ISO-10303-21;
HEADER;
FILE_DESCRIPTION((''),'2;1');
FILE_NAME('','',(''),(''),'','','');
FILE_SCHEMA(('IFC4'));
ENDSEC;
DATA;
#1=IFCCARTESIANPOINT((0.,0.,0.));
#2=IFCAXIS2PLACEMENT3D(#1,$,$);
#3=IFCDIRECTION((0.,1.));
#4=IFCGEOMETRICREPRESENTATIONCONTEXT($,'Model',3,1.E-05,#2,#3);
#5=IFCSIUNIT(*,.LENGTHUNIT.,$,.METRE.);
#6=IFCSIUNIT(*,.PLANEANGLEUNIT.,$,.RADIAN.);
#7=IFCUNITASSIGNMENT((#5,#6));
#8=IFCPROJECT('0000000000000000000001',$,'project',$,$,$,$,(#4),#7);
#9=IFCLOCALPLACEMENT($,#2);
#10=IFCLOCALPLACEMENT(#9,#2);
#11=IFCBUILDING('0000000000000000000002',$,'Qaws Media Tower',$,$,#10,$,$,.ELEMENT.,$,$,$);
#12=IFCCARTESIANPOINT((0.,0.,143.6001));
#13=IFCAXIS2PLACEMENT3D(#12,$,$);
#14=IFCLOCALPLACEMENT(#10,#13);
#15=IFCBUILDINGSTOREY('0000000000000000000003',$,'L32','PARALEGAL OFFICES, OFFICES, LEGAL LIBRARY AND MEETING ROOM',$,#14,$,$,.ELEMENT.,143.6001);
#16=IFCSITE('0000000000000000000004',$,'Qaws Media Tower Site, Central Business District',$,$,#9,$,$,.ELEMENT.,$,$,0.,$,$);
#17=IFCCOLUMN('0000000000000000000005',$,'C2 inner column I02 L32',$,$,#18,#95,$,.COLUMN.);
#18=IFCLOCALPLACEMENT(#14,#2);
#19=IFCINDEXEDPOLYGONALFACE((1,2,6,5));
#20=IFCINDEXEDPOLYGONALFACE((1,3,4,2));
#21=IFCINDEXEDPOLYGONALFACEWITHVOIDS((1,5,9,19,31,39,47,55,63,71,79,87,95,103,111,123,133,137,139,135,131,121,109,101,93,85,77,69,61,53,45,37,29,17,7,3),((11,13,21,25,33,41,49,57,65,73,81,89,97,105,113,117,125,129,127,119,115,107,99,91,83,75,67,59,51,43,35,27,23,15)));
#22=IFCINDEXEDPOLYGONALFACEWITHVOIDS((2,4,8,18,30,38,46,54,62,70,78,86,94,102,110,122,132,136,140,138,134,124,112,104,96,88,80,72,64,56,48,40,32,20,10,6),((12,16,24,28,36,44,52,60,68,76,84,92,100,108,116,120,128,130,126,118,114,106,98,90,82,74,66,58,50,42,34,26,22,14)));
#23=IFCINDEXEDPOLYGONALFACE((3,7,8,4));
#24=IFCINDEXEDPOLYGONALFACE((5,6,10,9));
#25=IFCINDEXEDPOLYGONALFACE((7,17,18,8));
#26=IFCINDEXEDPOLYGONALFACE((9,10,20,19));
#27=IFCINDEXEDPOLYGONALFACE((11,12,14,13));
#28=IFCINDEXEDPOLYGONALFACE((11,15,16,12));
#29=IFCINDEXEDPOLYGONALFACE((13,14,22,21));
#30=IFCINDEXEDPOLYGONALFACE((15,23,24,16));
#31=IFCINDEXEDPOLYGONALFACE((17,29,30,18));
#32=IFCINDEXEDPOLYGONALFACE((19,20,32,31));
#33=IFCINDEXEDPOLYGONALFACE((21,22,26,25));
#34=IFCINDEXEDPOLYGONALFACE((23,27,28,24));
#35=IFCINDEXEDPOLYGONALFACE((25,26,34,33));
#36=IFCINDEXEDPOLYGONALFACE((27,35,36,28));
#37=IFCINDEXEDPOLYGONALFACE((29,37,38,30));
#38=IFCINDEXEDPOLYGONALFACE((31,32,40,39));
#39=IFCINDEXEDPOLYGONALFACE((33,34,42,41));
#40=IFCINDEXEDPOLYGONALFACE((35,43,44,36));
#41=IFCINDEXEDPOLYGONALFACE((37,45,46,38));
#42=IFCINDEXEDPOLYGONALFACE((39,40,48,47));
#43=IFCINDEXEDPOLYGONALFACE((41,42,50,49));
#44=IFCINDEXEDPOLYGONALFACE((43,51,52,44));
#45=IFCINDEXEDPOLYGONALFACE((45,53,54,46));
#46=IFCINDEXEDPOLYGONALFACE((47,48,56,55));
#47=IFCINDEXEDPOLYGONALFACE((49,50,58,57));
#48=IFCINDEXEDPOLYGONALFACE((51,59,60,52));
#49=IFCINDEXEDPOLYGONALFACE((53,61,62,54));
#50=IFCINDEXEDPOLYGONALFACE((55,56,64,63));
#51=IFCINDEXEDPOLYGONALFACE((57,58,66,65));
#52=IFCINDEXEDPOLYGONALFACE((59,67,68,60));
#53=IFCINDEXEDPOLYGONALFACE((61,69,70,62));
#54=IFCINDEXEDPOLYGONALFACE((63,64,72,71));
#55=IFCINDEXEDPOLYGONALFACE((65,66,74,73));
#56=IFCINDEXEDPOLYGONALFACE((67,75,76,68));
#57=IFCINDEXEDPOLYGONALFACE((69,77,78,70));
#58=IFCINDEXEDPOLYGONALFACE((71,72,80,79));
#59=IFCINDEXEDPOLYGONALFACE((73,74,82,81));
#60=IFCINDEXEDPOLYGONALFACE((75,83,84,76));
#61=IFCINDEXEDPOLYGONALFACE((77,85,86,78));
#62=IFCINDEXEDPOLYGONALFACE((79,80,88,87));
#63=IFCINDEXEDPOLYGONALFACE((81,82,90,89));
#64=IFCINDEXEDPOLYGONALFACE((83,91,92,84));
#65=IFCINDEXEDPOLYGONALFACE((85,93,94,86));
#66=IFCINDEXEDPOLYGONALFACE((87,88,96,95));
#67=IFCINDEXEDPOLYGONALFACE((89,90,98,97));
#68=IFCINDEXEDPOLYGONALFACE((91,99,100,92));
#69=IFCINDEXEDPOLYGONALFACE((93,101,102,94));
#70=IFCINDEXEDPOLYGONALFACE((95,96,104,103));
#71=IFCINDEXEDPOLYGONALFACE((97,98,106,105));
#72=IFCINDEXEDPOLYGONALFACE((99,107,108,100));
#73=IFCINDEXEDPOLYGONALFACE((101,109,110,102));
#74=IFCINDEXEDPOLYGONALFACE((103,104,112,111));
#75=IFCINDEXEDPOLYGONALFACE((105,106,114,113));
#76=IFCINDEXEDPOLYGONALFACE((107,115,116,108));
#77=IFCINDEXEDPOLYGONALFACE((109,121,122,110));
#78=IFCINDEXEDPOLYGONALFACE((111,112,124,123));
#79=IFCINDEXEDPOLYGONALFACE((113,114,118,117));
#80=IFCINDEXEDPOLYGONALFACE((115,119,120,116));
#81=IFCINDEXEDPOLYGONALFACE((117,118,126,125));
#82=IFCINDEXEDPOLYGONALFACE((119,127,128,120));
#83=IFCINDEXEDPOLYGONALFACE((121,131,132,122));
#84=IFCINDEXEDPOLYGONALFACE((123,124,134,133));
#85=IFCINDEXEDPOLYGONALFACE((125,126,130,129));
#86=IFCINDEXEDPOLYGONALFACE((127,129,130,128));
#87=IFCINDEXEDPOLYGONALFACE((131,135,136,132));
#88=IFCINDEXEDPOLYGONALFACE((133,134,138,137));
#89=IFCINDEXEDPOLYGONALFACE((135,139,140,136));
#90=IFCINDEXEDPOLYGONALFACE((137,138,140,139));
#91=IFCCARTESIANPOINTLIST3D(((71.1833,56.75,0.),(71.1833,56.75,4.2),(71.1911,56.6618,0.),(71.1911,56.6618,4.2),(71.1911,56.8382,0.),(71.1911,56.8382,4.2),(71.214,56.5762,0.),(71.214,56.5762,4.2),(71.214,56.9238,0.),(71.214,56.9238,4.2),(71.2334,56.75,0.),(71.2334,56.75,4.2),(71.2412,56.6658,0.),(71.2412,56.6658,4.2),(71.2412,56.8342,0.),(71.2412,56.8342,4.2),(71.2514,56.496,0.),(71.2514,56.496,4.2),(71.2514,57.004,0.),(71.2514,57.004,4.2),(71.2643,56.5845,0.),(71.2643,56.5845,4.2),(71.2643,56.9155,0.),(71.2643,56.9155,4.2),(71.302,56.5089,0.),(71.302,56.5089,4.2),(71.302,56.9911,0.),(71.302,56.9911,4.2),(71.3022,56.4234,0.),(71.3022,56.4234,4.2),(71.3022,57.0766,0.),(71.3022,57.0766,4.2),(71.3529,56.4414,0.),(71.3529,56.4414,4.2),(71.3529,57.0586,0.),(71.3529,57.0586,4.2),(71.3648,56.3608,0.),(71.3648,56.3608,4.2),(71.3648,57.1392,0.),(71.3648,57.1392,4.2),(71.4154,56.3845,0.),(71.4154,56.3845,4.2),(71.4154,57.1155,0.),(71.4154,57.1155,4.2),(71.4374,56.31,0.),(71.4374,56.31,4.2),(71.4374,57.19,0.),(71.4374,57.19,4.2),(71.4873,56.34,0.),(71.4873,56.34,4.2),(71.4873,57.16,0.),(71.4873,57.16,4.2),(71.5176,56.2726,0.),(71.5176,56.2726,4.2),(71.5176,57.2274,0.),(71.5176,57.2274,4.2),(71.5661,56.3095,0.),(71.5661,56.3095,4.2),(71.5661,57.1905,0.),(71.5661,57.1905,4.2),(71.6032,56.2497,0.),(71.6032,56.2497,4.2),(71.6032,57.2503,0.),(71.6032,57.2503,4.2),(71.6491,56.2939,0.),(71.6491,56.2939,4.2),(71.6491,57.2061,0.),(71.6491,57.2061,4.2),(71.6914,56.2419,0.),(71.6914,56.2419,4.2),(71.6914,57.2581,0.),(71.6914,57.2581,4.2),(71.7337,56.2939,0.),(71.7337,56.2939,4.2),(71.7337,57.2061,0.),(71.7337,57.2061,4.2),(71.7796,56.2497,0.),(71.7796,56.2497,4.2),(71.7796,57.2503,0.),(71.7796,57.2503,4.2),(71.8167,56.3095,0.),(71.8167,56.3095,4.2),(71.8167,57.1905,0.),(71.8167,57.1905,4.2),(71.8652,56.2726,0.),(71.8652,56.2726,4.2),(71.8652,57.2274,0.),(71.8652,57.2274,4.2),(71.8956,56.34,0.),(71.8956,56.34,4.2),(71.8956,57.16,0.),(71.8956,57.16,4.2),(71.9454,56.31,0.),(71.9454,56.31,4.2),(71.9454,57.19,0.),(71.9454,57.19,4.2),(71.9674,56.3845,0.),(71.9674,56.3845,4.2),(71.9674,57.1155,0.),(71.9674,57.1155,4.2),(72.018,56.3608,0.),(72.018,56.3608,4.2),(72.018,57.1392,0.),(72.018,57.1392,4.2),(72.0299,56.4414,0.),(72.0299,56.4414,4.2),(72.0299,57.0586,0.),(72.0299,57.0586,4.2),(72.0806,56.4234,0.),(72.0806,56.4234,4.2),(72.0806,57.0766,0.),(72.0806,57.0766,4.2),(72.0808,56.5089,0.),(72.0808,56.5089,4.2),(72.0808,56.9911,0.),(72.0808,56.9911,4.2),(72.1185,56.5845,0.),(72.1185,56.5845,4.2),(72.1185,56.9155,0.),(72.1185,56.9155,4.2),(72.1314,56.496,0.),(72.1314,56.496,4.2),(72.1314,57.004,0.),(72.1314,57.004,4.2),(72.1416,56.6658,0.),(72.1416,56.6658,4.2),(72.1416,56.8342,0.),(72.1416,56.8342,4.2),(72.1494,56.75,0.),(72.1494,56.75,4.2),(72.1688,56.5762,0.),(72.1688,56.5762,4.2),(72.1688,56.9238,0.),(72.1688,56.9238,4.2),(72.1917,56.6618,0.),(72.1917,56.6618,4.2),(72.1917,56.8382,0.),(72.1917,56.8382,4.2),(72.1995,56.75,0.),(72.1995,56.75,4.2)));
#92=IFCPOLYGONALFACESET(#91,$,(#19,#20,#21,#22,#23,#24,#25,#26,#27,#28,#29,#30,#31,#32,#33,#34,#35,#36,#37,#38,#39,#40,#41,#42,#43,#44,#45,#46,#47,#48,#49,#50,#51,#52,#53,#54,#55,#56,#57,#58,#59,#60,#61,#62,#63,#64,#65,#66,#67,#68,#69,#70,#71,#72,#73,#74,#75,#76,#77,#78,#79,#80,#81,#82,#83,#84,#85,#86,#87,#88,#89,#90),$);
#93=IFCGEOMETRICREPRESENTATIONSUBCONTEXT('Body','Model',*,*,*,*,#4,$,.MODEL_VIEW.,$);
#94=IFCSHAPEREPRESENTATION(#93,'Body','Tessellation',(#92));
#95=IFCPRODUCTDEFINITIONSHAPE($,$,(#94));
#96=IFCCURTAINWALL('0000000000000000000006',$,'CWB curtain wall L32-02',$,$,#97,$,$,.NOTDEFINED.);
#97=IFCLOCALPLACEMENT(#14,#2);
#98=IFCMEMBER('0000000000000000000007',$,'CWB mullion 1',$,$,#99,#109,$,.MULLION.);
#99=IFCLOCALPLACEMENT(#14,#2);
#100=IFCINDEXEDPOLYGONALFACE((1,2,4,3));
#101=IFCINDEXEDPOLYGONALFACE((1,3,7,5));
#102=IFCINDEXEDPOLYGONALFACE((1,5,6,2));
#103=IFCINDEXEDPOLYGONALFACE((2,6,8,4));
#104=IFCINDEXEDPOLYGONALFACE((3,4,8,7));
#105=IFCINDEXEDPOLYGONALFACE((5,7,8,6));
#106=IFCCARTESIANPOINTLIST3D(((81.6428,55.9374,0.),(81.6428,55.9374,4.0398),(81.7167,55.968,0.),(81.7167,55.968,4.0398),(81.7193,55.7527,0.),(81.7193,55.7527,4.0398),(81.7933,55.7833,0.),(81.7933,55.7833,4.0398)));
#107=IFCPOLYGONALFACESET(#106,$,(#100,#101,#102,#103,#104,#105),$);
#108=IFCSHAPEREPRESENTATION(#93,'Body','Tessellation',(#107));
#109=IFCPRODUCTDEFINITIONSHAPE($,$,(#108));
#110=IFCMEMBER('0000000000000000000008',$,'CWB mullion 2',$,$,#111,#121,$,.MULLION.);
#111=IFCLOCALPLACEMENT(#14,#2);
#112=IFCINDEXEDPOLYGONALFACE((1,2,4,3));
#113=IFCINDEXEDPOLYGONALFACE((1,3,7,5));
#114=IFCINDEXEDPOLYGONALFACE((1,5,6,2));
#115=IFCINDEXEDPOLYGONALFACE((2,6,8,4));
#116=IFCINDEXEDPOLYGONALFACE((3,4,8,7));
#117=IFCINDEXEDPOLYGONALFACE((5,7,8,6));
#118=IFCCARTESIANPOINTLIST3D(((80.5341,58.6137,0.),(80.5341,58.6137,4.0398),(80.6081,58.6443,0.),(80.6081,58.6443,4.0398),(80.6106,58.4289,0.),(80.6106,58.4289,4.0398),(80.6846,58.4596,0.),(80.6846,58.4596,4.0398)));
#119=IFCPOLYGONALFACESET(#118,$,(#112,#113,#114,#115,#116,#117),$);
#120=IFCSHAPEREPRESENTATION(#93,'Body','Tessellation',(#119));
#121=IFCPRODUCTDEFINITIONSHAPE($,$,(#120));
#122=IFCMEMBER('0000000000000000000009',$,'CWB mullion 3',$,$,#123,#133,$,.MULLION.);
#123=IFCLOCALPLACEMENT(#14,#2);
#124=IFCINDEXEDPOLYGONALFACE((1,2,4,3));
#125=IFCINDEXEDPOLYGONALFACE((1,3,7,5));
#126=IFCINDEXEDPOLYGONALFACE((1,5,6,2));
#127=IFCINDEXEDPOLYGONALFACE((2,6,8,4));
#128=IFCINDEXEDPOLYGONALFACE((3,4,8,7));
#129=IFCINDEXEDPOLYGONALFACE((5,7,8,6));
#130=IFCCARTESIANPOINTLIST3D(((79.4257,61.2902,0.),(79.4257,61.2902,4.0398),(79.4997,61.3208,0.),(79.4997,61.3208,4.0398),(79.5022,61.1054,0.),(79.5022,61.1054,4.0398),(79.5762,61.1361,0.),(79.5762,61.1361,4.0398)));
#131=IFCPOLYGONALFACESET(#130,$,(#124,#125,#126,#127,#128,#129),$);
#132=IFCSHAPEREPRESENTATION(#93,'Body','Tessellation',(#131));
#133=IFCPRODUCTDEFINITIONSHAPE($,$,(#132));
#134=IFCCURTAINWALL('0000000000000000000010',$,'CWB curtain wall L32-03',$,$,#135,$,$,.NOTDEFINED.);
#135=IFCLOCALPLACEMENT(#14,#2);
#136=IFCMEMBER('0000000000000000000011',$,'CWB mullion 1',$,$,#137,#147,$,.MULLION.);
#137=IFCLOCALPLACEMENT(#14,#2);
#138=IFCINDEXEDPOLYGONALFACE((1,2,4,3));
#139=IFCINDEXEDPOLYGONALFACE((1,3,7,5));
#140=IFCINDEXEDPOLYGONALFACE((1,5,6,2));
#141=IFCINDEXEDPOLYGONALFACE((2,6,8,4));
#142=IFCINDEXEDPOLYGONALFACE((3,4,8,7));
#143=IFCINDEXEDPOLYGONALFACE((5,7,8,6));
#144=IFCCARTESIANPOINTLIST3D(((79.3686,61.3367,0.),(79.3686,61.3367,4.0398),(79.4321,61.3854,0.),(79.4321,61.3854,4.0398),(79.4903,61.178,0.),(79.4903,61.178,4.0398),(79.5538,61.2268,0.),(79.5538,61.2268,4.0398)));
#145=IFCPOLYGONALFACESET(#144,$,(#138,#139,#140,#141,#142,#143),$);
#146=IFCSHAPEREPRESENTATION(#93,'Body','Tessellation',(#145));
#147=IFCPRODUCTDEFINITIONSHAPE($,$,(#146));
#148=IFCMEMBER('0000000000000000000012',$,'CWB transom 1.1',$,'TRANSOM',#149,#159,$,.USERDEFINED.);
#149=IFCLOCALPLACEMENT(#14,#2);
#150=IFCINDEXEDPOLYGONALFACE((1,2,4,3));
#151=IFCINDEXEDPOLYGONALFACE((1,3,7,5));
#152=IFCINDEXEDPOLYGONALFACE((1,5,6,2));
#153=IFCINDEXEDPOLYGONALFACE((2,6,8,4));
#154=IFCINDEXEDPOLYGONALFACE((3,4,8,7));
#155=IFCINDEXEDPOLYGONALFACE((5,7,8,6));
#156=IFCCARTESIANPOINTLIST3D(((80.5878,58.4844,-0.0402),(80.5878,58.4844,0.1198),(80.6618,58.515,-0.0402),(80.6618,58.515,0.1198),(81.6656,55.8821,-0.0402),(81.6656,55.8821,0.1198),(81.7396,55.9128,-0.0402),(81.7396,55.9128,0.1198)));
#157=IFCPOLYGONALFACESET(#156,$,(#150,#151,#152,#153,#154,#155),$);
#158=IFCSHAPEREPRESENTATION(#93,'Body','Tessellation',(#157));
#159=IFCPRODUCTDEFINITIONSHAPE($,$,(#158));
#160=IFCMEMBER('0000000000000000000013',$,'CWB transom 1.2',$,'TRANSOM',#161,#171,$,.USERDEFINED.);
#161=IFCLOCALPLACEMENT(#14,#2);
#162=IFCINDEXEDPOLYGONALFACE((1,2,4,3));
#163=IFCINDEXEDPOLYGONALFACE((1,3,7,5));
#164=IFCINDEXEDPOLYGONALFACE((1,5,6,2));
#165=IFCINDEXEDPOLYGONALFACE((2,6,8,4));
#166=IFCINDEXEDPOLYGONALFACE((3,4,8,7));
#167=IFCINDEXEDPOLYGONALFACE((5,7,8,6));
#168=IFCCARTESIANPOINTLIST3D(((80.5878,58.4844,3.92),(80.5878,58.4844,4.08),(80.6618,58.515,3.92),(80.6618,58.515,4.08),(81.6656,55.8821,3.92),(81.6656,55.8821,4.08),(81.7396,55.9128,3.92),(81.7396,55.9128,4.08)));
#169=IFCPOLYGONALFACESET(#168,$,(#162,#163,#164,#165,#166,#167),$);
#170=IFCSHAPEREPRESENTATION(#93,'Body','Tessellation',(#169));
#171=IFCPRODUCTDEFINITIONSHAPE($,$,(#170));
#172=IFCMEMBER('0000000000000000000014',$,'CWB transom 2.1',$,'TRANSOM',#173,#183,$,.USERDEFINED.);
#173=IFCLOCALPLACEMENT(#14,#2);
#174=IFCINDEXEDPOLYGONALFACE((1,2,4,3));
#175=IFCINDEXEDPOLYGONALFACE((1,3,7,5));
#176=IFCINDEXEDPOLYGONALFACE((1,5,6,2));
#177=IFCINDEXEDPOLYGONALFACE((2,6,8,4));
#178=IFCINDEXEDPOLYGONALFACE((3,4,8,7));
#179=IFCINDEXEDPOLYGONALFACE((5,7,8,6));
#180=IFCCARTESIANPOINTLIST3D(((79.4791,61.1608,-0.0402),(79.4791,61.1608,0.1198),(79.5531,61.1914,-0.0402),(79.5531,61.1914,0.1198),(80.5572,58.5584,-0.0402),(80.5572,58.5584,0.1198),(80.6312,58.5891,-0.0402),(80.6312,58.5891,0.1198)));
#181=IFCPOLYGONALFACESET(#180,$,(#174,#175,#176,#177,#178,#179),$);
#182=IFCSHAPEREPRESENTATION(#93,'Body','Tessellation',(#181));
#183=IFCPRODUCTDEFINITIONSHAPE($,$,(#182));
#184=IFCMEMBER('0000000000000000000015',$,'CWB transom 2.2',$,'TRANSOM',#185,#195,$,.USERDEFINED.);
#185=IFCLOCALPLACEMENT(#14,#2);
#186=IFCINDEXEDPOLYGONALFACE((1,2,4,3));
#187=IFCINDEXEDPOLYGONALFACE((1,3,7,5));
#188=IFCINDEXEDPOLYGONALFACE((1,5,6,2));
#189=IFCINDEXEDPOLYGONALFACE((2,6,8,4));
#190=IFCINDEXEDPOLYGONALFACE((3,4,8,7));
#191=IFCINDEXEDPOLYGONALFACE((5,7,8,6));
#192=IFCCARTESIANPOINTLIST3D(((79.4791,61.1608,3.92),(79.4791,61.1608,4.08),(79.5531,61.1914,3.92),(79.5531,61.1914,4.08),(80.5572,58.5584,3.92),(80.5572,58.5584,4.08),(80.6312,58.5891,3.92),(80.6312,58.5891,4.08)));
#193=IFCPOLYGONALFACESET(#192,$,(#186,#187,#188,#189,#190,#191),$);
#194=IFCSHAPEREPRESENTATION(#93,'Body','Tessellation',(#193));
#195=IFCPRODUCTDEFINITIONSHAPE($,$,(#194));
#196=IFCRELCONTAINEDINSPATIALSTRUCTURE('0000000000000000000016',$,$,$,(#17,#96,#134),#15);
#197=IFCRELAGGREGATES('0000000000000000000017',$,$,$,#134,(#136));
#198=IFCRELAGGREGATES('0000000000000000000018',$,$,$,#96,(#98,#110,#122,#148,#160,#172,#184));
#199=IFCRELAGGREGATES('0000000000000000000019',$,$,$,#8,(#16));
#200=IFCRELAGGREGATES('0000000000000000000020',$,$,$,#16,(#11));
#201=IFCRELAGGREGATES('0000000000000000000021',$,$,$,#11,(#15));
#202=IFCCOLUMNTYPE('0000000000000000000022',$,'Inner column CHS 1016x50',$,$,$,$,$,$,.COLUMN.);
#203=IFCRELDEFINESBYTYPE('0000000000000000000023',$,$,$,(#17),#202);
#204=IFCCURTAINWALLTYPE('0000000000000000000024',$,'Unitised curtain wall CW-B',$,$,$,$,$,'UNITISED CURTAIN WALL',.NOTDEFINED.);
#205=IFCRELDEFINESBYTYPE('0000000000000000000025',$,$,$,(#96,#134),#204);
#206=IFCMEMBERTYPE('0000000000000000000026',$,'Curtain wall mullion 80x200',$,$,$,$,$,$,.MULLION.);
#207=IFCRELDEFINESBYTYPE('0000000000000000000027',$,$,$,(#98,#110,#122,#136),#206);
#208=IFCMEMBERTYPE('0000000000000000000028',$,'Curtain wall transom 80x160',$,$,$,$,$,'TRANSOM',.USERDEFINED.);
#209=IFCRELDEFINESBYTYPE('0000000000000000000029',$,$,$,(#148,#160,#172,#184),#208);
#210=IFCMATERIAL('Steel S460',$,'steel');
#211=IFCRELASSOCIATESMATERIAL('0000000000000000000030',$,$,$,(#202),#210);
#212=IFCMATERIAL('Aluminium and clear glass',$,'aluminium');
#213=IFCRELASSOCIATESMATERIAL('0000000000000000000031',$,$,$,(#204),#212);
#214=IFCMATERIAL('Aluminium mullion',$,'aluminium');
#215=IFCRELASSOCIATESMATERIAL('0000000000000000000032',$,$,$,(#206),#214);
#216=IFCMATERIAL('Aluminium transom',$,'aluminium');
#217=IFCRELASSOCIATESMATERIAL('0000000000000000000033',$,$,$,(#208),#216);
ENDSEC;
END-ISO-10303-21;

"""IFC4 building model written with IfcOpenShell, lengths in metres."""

from ifc_helpers import new_model, si_unit, direction, frame, origin, origin_2d, place, context, subcontext, project, spatial, rectangle, hollow_circle, extrude, material, material_profile, profile_set, type_object, element, aggregate, save


model = new_model("IFC4")

# Units and contexts
model_context = context("Model", 3, precision=1e-05, world=origin(), true_north=direction((0.0, 1.0)))
body_context = subcontext(model_context, "Body", "Model", "MODEL_VIEW")
ifc_project = project(units=[si_unit("LENGTHUNIT", "METRE"), si_unit("PLANEANGLEUNIT", "RADIAN")], contexts=[model_context])

# Site, building, storey
site_placement = place(None, origin())
site = spatial("IfcSite", under=ifc_project, at=site_placement, Name="Qaws Media Tower Site, Central Business District", CompositionType="ELEMENT", RefElevation=0.0)
building_placement = place(site_placement, origin())
building = spatial("IfcBuilding", under=site, at=building_placement, Name="Qaws Media Tower", CompositionType="ELEMENT")
storey_placement = place(building_placement, frame((0.0, 0.0, 143.6001)))
storey = spatial("IfcBuildingStorey", under=building, at=storey_placement, Name="L32", Description="PARALEGAL OFFICES, OFFICES, LEGAL LIBRARY AND MEETING ROOM", CompositionType="ELEMENT", Elevation=143.6001)

# Column
ifc_material_1 = material(Name="Steel S460", Category="steel")
ifc_material_profile_1 = material_profile(ifc_material_1, hollow_circle(Radius=0.5081, WallThickness=0.05, at=origin_2d()), Name="CHS 1016x50")
ifc_profile_set_1 = profile_set([ifc_material_profile_1], Name="Steel S460")
column_type = type_object("IfcColumnType", Name="Inner column CHS 1016x50", PredefinedType="COLUMN", material=ifc_profile_set_1)
column_placement = place(storey_placement, frame((71.6914, 56.75, 0.0), z_axis=(0.0, 0.0, 1.0), x_axis=(1.0, 0.0, 0.0)))
element("IfcColumn", 1, at=column_placement, inside=storey, type_object=column_type, Name="C2 inner column I02 L32", PredefinedType="COLUMN", context=body_context, shape_type="SweptSolid", body=[
    extrude(hollow_circle(Radius=0.5081, WallThickness=0.05, at=origin_2d()), origin(), (0.0, 0.0, 1.0), 4.2),
])

# Curtain wall, members
ifc_material_2 = material(Name="Aluminium and clear glass", Category="aluminium")
curtain_wall_type = type_object("IfcCurtainWallType", Name="Unitised curtain wall CW-B", ElementType="UNITISED CURTAIN WALL", PredefinedType="NOTDEFINED", material=ifc_material_2)
curtain_wall_1_placement = place(storey_placement, origin())
curtain_wall_1 = element("IfcCurtainWall", 2, at=curtain_wall_1_placement, inside=storey, type_object=curtain_wall_type, Name="CWB curtain wall L32-02", PredefinedType="NOTDEFINED")
ifc_material_3 = material(Name="Aluminium mullion", Category="aluminium")
ifc_material_profile_2 = material_profile(ifc_material_3, rectangle(XDim=0.0801, YDim=0.2, at=origin_2d()), Name="80x200")
ifc_profile_set_2 = profile_set([ifc_material_profile_2], Name="Aluminium mullion")
member_type_1 = type_object("IfcMemberType", Name="Curtain wall mullion 80x200", PredefinedType="MULLION", material=ifc_profile_set_2)
member_1_placement = place(storey_placement, frame((81.718, 55.8604, 0.0), z_axis=(0.0, 0.0, 1.0), x_axis=(-0.92388, -0.382683, 0.0)))
member_1 = element("IfcMember", 3, at=member_1_placement, type_object=member_type_1, Name="CWB mullion 1", PredefinedType="MULLION", context=body_context, shape_type="SweptSolid", body=[
    extrude(rectangle(XDim=0.0801, YDim=0.2, at=origin_2d()), origin(), (0.0, 0.0, 1.0), 4.0398),
])
member_2_placement = place(storey_placement, frame((80.6094, 58.5366, 0.0), z_axis=(0.0, 0.0, 1.0), x_axis=(-0.92388, -0.382683, 0.0)))
member_2 = element("IfcMember", 4, at=member_2_placement, type_object=member_type_1, Name="CWB mullion 2", PredefinedType="MULLION", context=body_context, shape_type="SweptSolid", body=[
    extrude(rectangle(XDim=0.0801, YDim=0.2, at=origin_2d()), origin(), (0.0, 0.0, 1.0), 4.0398),
])
member_3_placement = place(storey_placement, frame((79.501, 61.2131, 0.0), z_axis=(0.0, 0.0, 1.0), x_axis=(-0.92388, -0.382683, 0.0)))
member_3 = element("IfcMember", 5, at=member_3_placement, type_object=member_type_1, Name="CWB mullion 3", PredefinedType="MULLION", context=body_context, shape_type="SweptSolid", body=[
    extrude(rectangle(XDim=0.0801, YDim=0.2, at=origin_2d()), origin(), (0.0, 0.0, 1.0), 4.0398),
])

# Curtain wall, member
curtain_wall_2_placement = place(storey_placement, origin())
curtain_wall_2 = element("IfcCurtainWall", 6, at=curtain_wall_2_placement, inside=storey, type_object=curtain_wall_type, Name="CWB curtain wall L32-03", PredefinedType="NOTDEFINED")
member_4_placement = place(storey_placement, frame((79.4612, 61.2817, 0.0), z_axis=(0.0, 0.0, 1.0), x_axis=(-0.793353, -0.608761, 0.0)))
member_4 = element("IfcMember", 7, at=member_4_placement, type_object=member_type_1, Name="CWB mullion 1", PredefinedType="MULLION", context=body_context, shape_type="SweptSolid", body=[
    extrude(rectangle(XDim=0.0801, YDim=0.2, at=origin_2d()), origin(), (0.0, 0.0, 1.0), 4.0398),
])

# Members
ifc_material_4 = material(Name="Aluminium transom", Category="aluminium")
ifc_material_profile_3 = material_profile(ifc_material_4, rectangle(XDim=0.0801, YDim=0.1599, at=origin_2d()), Name="80x160")
ifc_profile_set_3 = profile_set([ifc_material_profile_3], Name="Aluminium transom")
member_type_2 = type_object("IfcMemberType", Name="Curtain wall transom 80x160", ElementType="TRANSOM", PredefinedType="USERDEFINED", material=ifc_profile_set_3)
member_5_placement = place(storey_placement, frame((81.7026, 55.8975, 0.0398), z_axis=(-0.382676, 0.923883, 0.0), x_axis=(-0.923883, -0.382676, 0.0)))
member_5 = element("IfcMember", 8, at=member_5_placement, type_object=member_type_2, Name="CWB transom 1.1", ObjectType="TRANSOM", PredefinedType="USERDEFINED", context=body_context, shape_type="SweptSolid", body=[
    extrude(rectangle(XDim=0.0801, YDim=0.1599, at=origin_2d()), origin(), (0.0, 0.0, 1.0), 2.8167),
])
member_6_placement = place(storey_placement, frame((81.7026, 55.8975, 4.0), z_axis=(-0.382676, 0.923883, 0.0), x_axis=(-0.923883, -0.382676, 0.0)))
member_6 = element("IfcMember", 9, at=member_6_placement, type_object=member_type_2, Name="CWB transom 1.2", ObjectType="TRANSOM", PredefinedType="USERDEFINED", context=body_context, shape_type="SweptSolid", body=[
    extrude(rectangle(XDim=0.0801, YDim=0.1599, at=origin_2d()), origin(), (0.0, 0.0, 1.0), 2.8167),
])
member_7_placement = place(storey_placement, frame((80.5942, 58.5737, 0.0398), z_axis=(-0.38275, 0.923852, 0.0), x_axis=(-0.923852, -0.38275, 0.0)))
member_7 = element("IfcMember", 10, at=member_7_placement, type_object=member_type_2, Name="CWB transom 2.1", ObjectType="TRANSOM", PredefinedType="USERDEFINED", context=body_context, shape_type="SweptSolid", body=[
    extrude(rectangle(XDim=0.0801, YDim=0.1599, at=origin_2d()), origin(), (0.0, 0.0, 1.0), 2.8169),
])
member_8_placement = place(storey_placement, frame((80.5942, 58.5737, 4.0), z_axis=(-0.38275, 0.923852, 0.0), x_axis=(-0.923852, -0.38275, 0.0)))
member_8 = element("IfcMember", 11, at=member_8_placement, type_object=member_type_2, Name="CWB transom 2.2", ObjectType="TRANSOM", PredefinedType="USERDEFINED", context=body_context, shape_type="SweptSolid", body=[
    extrude(rectangle(XDim=0.0801, YDim=0.1599, at=origin_2d()), origin(), (0.0, 0.0, 1.0), 2.8169),
])
aggregate(curtain_wall_2, [member_4])

aggregate(curtain_wall_1, [member_1, member_2, member_3, member_5, member_6, member_7, member_8])

save(model, "model.ifc")
